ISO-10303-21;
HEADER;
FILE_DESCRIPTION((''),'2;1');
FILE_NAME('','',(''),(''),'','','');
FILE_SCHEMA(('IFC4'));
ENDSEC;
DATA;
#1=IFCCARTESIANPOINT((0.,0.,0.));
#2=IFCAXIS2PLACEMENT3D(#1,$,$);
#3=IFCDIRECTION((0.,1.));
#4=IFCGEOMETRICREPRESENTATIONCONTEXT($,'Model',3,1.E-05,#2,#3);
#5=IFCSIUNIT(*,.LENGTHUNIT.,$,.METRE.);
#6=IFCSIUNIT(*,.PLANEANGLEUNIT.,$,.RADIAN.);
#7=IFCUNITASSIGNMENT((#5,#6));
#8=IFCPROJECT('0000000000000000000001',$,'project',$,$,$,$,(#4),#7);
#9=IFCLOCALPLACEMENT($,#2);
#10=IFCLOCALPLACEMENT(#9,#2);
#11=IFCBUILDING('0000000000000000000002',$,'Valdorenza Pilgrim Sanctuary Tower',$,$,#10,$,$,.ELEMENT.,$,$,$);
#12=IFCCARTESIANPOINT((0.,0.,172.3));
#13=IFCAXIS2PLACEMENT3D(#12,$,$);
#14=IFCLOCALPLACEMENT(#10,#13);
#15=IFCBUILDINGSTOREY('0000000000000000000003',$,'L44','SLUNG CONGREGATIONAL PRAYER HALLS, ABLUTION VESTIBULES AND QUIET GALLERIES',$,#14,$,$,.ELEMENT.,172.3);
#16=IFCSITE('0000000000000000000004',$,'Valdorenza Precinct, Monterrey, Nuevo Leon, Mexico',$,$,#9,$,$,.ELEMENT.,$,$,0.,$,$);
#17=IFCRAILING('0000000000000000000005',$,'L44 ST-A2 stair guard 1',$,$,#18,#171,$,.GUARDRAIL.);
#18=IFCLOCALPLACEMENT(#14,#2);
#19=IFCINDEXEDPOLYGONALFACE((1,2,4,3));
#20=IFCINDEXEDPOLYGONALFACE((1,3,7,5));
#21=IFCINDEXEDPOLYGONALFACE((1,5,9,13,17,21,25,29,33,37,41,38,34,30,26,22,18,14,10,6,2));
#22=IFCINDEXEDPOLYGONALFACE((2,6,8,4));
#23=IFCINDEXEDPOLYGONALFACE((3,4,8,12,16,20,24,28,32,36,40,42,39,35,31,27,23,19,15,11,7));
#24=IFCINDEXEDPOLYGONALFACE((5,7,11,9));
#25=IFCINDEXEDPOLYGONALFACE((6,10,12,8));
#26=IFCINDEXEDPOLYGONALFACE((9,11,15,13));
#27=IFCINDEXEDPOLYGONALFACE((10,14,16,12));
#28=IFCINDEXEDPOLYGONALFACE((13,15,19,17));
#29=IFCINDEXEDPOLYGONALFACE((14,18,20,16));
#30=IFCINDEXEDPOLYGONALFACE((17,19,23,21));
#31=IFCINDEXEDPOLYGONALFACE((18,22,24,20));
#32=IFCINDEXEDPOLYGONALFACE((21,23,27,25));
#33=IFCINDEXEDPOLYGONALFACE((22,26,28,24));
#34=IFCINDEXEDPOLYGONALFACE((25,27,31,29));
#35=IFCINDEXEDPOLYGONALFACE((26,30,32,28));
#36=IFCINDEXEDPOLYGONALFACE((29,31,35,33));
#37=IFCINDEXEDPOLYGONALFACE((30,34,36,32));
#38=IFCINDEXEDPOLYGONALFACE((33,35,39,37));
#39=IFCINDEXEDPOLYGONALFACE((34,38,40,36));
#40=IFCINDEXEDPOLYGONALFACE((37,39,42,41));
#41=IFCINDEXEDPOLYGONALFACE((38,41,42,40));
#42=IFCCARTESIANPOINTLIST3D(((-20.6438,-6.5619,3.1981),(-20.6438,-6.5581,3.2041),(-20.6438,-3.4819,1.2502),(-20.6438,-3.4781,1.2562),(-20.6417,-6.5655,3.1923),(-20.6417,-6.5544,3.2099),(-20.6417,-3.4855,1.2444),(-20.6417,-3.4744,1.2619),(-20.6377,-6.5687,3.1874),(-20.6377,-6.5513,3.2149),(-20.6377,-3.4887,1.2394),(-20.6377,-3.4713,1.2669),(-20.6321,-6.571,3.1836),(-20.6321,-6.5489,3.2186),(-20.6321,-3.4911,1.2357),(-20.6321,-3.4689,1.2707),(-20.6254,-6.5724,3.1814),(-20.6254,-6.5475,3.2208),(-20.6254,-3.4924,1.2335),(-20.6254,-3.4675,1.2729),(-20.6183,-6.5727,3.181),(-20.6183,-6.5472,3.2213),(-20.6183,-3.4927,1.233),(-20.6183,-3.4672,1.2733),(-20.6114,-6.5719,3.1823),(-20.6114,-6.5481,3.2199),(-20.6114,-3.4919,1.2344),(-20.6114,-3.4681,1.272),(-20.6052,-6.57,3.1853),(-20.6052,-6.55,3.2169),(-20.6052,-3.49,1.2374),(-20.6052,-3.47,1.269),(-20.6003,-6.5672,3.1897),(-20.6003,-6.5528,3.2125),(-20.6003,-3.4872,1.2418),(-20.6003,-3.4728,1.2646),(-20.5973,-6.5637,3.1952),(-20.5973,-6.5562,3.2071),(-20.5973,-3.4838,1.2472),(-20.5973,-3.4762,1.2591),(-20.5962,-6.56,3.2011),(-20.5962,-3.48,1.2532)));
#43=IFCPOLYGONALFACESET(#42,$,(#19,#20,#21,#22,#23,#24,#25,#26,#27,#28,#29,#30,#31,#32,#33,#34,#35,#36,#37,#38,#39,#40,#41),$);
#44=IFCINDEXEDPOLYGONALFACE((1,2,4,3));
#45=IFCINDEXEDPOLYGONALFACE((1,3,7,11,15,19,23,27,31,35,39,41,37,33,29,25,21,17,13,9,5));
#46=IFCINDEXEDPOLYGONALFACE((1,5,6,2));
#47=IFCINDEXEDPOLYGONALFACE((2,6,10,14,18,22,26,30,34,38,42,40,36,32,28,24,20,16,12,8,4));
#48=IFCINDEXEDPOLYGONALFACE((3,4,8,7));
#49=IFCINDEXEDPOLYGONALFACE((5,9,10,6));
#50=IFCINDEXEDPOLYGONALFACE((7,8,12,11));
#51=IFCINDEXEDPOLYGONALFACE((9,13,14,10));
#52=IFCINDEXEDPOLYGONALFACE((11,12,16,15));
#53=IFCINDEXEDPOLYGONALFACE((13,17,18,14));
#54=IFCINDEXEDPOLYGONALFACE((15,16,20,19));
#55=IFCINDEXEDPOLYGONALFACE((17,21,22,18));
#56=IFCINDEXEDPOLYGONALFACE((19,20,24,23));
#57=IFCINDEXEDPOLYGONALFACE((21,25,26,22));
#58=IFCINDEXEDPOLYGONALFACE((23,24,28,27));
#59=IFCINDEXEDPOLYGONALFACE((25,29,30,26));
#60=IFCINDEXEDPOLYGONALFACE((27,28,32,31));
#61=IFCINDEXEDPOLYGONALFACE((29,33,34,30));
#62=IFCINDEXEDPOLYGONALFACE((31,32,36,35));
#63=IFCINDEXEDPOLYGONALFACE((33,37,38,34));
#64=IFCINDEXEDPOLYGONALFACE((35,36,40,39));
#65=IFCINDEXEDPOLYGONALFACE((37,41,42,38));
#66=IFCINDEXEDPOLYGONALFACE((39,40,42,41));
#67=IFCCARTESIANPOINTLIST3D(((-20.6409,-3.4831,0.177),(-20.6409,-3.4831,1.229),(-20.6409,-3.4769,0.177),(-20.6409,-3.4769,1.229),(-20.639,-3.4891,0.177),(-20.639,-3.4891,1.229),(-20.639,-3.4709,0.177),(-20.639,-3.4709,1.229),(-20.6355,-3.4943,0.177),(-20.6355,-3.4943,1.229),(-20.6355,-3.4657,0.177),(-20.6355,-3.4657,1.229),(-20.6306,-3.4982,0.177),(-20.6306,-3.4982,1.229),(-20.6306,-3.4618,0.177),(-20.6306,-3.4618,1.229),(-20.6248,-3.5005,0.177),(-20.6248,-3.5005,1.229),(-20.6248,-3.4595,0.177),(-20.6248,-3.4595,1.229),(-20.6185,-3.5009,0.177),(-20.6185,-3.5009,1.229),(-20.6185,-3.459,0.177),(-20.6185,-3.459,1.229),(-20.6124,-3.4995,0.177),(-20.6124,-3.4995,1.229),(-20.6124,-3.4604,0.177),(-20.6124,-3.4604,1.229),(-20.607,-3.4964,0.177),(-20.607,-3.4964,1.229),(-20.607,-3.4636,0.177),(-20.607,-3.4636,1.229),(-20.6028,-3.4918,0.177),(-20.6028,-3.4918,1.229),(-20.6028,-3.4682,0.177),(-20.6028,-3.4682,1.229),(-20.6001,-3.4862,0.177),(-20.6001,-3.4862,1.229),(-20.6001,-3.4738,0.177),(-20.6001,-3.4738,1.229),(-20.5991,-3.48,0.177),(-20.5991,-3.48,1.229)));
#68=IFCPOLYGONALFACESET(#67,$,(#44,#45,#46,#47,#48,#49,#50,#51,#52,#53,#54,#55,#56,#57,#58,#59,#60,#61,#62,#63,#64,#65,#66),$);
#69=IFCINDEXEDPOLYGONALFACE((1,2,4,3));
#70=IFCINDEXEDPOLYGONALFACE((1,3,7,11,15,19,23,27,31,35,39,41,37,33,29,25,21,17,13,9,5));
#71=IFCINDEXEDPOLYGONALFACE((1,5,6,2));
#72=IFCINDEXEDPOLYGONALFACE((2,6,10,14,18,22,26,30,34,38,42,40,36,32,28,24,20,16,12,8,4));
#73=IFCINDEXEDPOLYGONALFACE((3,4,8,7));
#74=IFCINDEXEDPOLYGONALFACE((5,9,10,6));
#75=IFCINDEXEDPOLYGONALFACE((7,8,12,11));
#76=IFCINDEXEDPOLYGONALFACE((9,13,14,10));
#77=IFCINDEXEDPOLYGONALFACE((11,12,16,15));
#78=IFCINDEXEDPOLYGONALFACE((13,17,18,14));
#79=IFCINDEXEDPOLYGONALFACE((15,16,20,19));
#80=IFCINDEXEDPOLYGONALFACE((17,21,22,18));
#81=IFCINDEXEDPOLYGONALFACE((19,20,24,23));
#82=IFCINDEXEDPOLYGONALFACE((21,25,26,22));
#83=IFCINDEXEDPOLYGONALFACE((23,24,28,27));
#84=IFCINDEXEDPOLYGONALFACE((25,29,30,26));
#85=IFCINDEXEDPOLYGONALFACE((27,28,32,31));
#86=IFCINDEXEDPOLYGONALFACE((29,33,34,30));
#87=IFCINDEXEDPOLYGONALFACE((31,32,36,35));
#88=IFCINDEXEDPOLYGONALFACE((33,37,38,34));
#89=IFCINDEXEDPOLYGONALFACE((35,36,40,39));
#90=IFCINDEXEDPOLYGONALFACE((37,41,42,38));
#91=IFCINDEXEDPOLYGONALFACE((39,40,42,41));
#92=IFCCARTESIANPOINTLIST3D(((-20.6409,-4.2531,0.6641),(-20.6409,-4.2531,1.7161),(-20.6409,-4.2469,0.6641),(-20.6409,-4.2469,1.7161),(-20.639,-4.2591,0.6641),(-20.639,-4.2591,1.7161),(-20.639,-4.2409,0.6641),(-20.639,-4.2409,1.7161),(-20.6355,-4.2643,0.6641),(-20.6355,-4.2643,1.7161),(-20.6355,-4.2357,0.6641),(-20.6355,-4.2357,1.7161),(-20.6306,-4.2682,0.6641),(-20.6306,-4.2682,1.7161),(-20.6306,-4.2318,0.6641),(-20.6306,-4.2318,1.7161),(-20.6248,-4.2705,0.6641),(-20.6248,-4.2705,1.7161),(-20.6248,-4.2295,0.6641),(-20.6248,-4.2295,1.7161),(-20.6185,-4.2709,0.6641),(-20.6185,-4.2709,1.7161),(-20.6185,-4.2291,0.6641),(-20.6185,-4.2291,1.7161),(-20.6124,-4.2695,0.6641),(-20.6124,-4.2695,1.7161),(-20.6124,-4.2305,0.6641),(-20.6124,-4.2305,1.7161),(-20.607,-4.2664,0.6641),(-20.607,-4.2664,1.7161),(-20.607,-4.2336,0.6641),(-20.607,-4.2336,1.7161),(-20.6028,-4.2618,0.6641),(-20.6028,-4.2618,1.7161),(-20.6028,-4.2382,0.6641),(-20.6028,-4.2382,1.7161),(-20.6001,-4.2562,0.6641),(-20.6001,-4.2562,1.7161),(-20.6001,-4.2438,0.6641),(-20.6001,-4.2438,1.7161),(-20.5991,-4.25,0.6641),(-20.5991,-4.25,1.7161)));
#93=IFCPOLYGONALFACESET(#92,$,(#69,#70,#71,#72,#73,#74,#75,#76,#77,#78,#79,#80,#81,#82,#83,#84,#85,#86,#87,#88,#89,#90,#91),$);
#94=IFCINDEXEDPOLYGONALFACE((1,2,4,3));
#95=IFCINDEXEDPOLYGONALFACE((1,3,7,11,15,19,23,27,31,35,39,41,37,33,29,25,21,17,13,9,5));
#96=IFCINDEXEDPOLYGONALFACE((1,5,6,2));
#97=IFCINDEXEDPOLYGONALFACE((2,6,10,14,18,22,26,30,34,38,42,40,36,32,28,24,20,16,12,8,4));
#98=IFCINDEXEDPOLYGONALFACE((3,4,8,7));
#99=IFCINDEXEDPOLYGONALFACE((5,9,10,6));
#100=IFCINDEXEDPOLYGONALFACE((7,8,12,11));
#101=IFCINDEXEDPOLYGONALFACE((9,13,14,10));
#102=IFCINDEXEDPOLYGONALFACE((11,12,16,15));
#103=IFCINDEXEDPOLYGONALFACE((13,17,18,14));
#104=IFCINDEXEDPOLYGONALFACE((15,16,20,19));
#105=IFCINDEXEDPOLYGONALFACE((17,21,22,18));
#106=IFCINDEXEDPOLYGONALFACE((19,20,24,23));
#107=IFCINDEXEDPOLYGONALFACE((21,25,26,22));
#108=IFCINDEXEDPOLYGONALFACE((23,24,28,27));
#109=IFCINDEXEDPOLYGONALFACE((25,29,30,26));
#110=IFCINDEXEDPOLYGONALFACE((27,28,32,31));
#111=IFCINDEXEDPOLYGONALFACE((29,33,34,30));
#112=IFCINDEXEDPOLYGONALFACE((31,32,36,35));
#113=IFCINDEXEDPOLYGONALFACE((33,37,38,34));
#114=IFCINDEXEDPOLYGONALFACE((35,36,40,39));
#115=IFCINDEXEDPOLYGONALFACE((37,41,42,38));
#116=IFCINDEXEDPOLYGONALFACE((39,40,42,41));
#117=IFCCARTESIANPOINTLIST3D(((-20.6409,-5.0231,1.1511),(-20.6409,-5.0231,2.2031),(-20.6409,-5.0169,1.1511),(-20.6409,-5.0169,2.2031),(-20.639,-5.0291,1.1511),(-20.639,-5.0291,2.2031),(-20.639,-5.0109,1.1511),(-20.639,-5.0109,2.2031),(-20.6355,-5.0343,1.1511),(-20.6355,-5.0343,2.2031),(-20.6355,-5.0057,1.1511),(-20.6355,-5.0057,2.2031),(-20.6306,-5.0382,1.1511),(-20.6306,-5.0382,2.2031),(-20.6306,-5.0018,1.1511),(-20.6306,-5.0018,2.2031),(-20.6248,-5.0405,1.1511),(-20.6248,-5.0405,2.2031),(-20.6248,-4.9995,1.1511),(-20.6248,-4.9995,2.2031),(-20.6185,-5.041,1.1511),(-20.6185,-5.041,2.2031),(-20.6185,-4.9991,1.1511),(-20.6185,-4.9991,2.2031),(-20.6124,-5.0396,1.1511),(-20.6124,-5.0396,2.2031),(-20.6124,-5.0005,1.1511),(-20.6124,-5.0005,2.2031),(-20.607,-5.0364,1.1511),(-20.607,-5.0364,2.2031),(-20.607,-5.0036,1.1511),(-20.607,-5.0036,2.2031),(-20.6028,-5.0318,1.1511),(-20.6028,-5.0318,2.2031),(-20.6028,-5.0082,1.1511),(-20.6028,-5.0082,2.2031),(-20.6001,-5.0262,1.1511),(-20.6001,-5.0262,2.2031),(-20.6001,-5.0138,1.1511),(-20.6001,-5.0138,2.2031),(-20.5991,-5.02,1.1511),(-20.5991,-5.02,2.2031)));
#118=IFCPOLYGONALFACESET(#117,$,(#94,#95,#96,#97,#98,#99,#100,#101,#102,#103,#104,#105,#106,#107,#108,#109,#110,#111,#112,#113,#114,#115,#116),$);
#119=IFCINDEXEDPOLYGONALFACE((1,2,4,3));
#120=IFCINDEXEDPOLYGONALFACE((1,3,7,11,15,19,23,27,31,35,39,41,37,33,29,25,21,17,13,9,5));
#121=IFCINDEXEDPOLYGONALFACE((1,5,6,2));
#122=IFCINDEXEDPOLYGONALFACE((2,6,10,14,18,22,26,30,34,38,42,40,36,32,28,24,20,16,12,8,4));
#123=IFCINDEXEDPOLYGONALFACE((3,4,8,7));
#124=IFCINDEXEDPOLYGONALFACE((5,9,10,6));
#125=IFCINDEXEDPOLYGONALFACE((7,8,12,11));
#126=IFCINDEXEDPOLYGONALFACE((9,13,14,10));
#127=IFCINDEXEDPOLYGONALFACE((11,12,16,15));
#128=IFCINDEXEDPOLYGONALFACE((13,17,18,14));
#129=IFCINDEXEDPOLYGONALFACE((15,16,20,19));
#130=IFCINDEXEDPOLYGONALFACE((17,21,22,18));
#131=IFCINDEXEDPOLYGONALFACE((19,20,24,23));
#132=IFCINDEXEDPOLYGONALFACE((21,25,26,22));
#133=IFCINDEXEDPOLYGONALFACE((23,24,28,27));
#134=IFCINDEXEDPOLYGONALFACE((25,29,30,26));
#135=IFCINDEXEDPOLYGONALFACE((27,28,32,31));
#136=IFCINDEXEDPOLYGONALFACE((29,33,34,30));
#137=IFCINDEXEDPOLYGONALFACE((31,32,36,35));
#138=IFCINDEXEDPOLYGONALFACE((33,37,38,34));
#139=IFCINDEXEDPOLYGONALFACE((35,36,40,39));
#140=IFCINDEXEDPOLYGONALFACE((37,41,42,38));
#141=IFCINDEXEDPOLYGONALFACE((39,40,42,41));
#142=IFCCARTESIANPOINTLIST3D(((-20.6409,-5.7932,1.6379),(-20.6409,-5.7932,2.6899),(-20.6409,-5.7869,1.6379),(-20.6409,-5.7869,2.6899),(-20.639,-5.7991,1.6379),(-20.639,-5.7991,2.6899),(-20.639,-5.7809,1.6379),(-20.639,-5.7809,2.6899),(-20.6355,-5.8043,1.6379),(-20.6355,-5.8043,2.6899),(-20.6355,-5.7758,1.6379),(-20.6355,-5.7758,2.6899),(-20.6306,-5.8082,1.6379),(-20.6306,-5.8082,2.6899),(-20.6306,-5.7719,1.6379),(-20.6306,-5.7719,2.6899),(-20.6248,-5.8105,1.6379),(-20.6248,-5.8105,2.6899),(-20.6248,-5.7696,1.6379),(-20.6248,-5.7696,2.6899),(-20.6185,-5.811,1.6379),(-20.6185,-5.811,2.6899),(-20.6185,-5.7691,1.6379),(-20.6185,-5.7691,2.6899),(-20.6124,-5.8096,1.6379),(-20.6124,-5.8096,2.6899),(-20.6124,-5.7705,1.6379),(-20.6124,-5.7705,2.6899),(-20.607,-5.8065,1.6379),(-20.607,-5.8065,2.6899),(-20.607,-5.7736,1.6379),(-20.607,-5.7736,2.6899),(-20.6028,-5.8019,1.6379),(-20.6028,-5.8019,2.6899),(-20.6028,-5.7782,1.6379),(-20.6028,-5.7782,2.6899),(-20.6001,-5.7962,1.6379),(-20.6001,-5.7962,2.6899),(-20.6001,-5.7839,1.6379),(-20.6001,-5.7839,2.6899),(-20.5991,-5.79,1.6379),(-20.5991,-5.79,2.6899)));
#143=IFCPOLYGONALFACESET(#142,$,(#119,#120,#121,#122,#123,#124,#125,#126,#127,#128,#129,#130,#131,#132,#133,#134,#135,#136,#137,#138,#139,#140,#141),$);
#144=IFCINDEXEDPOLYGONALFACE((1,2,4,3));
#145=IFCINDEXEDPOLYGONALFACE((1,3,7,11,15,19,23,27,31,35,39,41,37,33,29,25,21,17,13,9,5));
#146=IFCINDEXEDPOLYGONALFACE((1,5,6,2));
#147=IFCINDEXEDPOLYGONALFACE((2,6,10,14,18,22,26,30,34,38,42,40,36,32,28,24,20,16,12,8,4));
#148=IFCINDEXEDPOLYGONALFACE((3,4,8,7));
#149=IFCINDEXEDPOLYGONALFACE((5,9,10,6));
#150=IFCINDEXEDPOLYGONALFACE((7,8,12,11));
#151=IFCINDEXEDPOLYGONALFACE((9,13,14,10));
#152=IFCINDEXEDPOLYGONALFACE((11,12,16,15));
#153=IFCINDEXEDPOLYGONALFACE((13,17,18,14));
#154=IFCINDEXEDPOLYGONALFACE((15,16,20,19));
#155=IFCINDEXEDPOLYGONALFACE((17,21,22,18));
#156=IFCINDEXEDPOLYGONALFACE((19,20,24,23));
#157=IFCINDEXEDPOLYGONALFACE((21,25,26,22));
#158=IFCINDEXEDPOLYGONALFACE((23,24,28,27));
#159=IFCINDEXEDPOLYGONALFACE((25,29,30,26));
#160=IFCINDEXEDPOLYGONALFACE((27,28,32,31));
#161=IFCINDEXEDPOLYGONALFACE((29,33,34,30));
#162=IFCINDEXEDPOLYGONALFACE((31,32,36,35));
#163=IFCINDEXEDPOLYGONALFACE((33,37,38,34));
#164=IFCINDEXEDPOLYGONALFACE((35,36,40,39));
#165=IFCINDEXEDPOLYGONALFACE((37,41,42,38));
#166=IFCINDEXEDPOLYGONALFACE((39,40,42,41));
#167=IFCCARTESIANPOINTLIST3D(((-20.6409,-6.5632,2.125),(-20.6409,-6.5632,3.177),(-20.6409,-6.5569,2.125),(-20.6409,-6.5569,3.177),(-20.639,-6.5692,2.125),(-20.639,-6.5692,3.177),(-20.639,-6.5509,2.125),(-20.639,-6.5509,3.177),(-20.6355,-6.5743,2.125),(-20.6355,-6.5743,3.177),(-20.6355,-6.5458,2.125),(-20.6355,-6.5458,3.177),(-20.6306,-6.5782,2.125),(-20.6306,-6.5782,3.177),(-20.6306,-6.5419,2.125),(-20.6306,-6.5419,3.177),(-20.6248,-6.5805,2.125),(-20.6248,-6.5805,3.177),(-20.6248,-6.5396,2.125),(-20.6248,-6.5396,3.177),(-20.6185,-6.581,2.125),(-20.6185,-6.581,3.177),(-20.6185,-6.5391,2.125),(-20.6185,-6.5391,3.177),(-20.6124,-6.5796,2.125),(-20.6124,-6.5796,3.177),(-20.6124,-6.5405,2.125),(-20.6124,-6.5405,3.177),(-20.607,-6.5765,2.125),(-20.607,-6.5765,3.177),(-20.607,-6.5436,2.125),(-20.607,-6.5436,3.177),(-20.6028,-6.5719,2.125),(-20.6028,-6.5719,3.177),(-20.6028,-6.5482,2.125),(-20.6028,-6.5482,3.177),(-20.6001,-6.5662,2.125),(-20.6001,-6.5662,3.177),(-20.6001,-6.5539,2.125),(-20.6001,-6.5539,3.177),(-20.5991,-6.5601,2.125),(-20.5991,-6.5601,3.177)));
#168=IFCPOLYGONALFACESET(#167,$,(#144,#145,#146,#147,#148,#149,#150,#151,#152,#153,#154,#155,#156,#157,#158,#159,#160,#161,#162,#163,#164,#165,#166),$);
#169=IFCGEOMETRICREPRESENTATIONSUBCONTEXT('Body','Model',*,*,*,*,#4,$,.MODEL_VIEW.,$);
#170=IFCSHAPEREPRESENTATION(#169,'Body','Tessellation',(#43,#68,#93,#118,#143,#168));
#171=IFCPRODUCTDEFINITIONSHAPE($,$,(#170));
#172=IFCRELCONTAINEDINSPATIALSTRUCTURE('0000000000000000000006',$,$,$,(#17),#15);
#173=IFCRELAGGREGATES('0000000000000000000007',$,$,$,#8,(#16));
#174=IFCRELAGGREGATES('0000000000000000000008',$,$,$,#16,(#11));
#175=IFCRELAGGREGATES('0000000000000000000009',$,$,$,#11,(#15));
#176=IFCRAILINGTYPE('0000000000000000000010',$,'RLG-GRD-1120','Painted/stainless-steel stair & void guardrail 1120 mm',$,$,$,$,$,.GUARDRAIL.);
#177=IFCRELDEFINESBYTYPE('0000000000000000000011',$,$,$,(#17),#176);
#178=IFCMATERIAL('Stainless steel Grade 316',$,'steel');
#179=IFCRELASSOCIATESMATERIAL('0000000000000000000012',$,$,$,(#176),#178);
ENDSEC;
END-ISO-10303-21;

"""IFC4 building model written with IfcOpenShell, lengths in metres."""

from ifc_helpers import new_model, si_unit, direction, frame, origin, origin_2d, place, context, subcontext, project, spatial, circle, extrude, material, type_object, element, save


model = new_model("IFC4")

# Units and contexts
model_context = context("Model", 3, precision=1e-05, world=origin(), true_north=direction((0.0, 1.0)))
body_context = subcontext(model_context, "Body", "Model", "MODEL_VIEW")
ifc_project = project(units=[si_unit("LENGTHUNIT", "METRE"), si_unit("PLANEANGLEUNIT", "RADIAN")], contexts=[model_context])

# Site, building, storey
site_placement = place(None, origin())
site = spatial("IfcSite", under=ifc_project, at=site_placement, Name="Valdorenza Precinct, Monterrey, Nuevo Leon, Mexico", CompositionType="ELEMENT", RefElevation=0.0)
building_placement = place(site_placement, origin())
building = spatial("IfcBuilding", under=site, at=building_placement, Name="Valdorenza Pilgrim Sanctuary Tower", CompositionType="ELEMENT")
storey_placement = place(building_placement, frame((0.0, 0.0, 172.3)))
storey = spatial("IfcBuildingStorey", under=building, at=storey_placement, Name="L44", Description="SLUNG CONGREGATIONAL PRAYER HALLS, ABLUTION VESTIBULES AND QUIET GALLERIES", CompositionType="ELEMENT", Elevation=172.3)

# Railing
ifc_material_1 = material(Name="Stainless steel Grade 316", Category="steel")
railing_type_1 = type_object("IfcRailingType", Name="RLG-GRD-1120", Description="Painted/stainless-steel stair & void guardrail 1120 mm", PredefinedType="GUARDRAIL", material=ifc_material_1)
railing_1_placement = place(storey_placement, frame((-20.6201, -3.48, 0.177)))
element("IfcRailing", 1, at=railing_1_placement, inside=storey, type_object=railing_type_1, Name="L44 ST-A2 stair guard 1", PredefinedType="GUARDRAIL", context=body_context, shape_type="SweptSolid", body=[
    extrude(circle(Radius=0.0239, at=origin_2d()), frame((0.0, 0.0, 1.0762), z_axis=(0.0, -0.845156, 0.53452), x_axis=(1.0, 0.0, 0.0)), (0.0, 0.0, 1.0), 3.6443),
    extrude(circle(Radius=0.021, at=origin_2d()), origin(), (0.0, 0.0, 1.0), 1.052),
    extrude(circle(Radius=0.021, at=origin_2d()), frame((0.0, -0.77, 0.4871)), (0.0, 0.0, 1.0), 1.052),
    extrude(circle(Radius=0.021, at=origin_2d()), frame((0.0, -1.54, 0.9741)), (0.0, 0.0, 1.0), 1.052),
    extrude(circle(Radius=0.021, at=origin_2d()), frame((0.0, -2.3101, 1.4609)), (0.0, 0.0, 1.0), 1.052),
    extrude(circle(Radius=0.021, at=origin_2d()), frame((0.0, -3.0801, 1.948)), (0.0, 0.0, 1.0), 1.052),
])

save(model, "model.ifc")
